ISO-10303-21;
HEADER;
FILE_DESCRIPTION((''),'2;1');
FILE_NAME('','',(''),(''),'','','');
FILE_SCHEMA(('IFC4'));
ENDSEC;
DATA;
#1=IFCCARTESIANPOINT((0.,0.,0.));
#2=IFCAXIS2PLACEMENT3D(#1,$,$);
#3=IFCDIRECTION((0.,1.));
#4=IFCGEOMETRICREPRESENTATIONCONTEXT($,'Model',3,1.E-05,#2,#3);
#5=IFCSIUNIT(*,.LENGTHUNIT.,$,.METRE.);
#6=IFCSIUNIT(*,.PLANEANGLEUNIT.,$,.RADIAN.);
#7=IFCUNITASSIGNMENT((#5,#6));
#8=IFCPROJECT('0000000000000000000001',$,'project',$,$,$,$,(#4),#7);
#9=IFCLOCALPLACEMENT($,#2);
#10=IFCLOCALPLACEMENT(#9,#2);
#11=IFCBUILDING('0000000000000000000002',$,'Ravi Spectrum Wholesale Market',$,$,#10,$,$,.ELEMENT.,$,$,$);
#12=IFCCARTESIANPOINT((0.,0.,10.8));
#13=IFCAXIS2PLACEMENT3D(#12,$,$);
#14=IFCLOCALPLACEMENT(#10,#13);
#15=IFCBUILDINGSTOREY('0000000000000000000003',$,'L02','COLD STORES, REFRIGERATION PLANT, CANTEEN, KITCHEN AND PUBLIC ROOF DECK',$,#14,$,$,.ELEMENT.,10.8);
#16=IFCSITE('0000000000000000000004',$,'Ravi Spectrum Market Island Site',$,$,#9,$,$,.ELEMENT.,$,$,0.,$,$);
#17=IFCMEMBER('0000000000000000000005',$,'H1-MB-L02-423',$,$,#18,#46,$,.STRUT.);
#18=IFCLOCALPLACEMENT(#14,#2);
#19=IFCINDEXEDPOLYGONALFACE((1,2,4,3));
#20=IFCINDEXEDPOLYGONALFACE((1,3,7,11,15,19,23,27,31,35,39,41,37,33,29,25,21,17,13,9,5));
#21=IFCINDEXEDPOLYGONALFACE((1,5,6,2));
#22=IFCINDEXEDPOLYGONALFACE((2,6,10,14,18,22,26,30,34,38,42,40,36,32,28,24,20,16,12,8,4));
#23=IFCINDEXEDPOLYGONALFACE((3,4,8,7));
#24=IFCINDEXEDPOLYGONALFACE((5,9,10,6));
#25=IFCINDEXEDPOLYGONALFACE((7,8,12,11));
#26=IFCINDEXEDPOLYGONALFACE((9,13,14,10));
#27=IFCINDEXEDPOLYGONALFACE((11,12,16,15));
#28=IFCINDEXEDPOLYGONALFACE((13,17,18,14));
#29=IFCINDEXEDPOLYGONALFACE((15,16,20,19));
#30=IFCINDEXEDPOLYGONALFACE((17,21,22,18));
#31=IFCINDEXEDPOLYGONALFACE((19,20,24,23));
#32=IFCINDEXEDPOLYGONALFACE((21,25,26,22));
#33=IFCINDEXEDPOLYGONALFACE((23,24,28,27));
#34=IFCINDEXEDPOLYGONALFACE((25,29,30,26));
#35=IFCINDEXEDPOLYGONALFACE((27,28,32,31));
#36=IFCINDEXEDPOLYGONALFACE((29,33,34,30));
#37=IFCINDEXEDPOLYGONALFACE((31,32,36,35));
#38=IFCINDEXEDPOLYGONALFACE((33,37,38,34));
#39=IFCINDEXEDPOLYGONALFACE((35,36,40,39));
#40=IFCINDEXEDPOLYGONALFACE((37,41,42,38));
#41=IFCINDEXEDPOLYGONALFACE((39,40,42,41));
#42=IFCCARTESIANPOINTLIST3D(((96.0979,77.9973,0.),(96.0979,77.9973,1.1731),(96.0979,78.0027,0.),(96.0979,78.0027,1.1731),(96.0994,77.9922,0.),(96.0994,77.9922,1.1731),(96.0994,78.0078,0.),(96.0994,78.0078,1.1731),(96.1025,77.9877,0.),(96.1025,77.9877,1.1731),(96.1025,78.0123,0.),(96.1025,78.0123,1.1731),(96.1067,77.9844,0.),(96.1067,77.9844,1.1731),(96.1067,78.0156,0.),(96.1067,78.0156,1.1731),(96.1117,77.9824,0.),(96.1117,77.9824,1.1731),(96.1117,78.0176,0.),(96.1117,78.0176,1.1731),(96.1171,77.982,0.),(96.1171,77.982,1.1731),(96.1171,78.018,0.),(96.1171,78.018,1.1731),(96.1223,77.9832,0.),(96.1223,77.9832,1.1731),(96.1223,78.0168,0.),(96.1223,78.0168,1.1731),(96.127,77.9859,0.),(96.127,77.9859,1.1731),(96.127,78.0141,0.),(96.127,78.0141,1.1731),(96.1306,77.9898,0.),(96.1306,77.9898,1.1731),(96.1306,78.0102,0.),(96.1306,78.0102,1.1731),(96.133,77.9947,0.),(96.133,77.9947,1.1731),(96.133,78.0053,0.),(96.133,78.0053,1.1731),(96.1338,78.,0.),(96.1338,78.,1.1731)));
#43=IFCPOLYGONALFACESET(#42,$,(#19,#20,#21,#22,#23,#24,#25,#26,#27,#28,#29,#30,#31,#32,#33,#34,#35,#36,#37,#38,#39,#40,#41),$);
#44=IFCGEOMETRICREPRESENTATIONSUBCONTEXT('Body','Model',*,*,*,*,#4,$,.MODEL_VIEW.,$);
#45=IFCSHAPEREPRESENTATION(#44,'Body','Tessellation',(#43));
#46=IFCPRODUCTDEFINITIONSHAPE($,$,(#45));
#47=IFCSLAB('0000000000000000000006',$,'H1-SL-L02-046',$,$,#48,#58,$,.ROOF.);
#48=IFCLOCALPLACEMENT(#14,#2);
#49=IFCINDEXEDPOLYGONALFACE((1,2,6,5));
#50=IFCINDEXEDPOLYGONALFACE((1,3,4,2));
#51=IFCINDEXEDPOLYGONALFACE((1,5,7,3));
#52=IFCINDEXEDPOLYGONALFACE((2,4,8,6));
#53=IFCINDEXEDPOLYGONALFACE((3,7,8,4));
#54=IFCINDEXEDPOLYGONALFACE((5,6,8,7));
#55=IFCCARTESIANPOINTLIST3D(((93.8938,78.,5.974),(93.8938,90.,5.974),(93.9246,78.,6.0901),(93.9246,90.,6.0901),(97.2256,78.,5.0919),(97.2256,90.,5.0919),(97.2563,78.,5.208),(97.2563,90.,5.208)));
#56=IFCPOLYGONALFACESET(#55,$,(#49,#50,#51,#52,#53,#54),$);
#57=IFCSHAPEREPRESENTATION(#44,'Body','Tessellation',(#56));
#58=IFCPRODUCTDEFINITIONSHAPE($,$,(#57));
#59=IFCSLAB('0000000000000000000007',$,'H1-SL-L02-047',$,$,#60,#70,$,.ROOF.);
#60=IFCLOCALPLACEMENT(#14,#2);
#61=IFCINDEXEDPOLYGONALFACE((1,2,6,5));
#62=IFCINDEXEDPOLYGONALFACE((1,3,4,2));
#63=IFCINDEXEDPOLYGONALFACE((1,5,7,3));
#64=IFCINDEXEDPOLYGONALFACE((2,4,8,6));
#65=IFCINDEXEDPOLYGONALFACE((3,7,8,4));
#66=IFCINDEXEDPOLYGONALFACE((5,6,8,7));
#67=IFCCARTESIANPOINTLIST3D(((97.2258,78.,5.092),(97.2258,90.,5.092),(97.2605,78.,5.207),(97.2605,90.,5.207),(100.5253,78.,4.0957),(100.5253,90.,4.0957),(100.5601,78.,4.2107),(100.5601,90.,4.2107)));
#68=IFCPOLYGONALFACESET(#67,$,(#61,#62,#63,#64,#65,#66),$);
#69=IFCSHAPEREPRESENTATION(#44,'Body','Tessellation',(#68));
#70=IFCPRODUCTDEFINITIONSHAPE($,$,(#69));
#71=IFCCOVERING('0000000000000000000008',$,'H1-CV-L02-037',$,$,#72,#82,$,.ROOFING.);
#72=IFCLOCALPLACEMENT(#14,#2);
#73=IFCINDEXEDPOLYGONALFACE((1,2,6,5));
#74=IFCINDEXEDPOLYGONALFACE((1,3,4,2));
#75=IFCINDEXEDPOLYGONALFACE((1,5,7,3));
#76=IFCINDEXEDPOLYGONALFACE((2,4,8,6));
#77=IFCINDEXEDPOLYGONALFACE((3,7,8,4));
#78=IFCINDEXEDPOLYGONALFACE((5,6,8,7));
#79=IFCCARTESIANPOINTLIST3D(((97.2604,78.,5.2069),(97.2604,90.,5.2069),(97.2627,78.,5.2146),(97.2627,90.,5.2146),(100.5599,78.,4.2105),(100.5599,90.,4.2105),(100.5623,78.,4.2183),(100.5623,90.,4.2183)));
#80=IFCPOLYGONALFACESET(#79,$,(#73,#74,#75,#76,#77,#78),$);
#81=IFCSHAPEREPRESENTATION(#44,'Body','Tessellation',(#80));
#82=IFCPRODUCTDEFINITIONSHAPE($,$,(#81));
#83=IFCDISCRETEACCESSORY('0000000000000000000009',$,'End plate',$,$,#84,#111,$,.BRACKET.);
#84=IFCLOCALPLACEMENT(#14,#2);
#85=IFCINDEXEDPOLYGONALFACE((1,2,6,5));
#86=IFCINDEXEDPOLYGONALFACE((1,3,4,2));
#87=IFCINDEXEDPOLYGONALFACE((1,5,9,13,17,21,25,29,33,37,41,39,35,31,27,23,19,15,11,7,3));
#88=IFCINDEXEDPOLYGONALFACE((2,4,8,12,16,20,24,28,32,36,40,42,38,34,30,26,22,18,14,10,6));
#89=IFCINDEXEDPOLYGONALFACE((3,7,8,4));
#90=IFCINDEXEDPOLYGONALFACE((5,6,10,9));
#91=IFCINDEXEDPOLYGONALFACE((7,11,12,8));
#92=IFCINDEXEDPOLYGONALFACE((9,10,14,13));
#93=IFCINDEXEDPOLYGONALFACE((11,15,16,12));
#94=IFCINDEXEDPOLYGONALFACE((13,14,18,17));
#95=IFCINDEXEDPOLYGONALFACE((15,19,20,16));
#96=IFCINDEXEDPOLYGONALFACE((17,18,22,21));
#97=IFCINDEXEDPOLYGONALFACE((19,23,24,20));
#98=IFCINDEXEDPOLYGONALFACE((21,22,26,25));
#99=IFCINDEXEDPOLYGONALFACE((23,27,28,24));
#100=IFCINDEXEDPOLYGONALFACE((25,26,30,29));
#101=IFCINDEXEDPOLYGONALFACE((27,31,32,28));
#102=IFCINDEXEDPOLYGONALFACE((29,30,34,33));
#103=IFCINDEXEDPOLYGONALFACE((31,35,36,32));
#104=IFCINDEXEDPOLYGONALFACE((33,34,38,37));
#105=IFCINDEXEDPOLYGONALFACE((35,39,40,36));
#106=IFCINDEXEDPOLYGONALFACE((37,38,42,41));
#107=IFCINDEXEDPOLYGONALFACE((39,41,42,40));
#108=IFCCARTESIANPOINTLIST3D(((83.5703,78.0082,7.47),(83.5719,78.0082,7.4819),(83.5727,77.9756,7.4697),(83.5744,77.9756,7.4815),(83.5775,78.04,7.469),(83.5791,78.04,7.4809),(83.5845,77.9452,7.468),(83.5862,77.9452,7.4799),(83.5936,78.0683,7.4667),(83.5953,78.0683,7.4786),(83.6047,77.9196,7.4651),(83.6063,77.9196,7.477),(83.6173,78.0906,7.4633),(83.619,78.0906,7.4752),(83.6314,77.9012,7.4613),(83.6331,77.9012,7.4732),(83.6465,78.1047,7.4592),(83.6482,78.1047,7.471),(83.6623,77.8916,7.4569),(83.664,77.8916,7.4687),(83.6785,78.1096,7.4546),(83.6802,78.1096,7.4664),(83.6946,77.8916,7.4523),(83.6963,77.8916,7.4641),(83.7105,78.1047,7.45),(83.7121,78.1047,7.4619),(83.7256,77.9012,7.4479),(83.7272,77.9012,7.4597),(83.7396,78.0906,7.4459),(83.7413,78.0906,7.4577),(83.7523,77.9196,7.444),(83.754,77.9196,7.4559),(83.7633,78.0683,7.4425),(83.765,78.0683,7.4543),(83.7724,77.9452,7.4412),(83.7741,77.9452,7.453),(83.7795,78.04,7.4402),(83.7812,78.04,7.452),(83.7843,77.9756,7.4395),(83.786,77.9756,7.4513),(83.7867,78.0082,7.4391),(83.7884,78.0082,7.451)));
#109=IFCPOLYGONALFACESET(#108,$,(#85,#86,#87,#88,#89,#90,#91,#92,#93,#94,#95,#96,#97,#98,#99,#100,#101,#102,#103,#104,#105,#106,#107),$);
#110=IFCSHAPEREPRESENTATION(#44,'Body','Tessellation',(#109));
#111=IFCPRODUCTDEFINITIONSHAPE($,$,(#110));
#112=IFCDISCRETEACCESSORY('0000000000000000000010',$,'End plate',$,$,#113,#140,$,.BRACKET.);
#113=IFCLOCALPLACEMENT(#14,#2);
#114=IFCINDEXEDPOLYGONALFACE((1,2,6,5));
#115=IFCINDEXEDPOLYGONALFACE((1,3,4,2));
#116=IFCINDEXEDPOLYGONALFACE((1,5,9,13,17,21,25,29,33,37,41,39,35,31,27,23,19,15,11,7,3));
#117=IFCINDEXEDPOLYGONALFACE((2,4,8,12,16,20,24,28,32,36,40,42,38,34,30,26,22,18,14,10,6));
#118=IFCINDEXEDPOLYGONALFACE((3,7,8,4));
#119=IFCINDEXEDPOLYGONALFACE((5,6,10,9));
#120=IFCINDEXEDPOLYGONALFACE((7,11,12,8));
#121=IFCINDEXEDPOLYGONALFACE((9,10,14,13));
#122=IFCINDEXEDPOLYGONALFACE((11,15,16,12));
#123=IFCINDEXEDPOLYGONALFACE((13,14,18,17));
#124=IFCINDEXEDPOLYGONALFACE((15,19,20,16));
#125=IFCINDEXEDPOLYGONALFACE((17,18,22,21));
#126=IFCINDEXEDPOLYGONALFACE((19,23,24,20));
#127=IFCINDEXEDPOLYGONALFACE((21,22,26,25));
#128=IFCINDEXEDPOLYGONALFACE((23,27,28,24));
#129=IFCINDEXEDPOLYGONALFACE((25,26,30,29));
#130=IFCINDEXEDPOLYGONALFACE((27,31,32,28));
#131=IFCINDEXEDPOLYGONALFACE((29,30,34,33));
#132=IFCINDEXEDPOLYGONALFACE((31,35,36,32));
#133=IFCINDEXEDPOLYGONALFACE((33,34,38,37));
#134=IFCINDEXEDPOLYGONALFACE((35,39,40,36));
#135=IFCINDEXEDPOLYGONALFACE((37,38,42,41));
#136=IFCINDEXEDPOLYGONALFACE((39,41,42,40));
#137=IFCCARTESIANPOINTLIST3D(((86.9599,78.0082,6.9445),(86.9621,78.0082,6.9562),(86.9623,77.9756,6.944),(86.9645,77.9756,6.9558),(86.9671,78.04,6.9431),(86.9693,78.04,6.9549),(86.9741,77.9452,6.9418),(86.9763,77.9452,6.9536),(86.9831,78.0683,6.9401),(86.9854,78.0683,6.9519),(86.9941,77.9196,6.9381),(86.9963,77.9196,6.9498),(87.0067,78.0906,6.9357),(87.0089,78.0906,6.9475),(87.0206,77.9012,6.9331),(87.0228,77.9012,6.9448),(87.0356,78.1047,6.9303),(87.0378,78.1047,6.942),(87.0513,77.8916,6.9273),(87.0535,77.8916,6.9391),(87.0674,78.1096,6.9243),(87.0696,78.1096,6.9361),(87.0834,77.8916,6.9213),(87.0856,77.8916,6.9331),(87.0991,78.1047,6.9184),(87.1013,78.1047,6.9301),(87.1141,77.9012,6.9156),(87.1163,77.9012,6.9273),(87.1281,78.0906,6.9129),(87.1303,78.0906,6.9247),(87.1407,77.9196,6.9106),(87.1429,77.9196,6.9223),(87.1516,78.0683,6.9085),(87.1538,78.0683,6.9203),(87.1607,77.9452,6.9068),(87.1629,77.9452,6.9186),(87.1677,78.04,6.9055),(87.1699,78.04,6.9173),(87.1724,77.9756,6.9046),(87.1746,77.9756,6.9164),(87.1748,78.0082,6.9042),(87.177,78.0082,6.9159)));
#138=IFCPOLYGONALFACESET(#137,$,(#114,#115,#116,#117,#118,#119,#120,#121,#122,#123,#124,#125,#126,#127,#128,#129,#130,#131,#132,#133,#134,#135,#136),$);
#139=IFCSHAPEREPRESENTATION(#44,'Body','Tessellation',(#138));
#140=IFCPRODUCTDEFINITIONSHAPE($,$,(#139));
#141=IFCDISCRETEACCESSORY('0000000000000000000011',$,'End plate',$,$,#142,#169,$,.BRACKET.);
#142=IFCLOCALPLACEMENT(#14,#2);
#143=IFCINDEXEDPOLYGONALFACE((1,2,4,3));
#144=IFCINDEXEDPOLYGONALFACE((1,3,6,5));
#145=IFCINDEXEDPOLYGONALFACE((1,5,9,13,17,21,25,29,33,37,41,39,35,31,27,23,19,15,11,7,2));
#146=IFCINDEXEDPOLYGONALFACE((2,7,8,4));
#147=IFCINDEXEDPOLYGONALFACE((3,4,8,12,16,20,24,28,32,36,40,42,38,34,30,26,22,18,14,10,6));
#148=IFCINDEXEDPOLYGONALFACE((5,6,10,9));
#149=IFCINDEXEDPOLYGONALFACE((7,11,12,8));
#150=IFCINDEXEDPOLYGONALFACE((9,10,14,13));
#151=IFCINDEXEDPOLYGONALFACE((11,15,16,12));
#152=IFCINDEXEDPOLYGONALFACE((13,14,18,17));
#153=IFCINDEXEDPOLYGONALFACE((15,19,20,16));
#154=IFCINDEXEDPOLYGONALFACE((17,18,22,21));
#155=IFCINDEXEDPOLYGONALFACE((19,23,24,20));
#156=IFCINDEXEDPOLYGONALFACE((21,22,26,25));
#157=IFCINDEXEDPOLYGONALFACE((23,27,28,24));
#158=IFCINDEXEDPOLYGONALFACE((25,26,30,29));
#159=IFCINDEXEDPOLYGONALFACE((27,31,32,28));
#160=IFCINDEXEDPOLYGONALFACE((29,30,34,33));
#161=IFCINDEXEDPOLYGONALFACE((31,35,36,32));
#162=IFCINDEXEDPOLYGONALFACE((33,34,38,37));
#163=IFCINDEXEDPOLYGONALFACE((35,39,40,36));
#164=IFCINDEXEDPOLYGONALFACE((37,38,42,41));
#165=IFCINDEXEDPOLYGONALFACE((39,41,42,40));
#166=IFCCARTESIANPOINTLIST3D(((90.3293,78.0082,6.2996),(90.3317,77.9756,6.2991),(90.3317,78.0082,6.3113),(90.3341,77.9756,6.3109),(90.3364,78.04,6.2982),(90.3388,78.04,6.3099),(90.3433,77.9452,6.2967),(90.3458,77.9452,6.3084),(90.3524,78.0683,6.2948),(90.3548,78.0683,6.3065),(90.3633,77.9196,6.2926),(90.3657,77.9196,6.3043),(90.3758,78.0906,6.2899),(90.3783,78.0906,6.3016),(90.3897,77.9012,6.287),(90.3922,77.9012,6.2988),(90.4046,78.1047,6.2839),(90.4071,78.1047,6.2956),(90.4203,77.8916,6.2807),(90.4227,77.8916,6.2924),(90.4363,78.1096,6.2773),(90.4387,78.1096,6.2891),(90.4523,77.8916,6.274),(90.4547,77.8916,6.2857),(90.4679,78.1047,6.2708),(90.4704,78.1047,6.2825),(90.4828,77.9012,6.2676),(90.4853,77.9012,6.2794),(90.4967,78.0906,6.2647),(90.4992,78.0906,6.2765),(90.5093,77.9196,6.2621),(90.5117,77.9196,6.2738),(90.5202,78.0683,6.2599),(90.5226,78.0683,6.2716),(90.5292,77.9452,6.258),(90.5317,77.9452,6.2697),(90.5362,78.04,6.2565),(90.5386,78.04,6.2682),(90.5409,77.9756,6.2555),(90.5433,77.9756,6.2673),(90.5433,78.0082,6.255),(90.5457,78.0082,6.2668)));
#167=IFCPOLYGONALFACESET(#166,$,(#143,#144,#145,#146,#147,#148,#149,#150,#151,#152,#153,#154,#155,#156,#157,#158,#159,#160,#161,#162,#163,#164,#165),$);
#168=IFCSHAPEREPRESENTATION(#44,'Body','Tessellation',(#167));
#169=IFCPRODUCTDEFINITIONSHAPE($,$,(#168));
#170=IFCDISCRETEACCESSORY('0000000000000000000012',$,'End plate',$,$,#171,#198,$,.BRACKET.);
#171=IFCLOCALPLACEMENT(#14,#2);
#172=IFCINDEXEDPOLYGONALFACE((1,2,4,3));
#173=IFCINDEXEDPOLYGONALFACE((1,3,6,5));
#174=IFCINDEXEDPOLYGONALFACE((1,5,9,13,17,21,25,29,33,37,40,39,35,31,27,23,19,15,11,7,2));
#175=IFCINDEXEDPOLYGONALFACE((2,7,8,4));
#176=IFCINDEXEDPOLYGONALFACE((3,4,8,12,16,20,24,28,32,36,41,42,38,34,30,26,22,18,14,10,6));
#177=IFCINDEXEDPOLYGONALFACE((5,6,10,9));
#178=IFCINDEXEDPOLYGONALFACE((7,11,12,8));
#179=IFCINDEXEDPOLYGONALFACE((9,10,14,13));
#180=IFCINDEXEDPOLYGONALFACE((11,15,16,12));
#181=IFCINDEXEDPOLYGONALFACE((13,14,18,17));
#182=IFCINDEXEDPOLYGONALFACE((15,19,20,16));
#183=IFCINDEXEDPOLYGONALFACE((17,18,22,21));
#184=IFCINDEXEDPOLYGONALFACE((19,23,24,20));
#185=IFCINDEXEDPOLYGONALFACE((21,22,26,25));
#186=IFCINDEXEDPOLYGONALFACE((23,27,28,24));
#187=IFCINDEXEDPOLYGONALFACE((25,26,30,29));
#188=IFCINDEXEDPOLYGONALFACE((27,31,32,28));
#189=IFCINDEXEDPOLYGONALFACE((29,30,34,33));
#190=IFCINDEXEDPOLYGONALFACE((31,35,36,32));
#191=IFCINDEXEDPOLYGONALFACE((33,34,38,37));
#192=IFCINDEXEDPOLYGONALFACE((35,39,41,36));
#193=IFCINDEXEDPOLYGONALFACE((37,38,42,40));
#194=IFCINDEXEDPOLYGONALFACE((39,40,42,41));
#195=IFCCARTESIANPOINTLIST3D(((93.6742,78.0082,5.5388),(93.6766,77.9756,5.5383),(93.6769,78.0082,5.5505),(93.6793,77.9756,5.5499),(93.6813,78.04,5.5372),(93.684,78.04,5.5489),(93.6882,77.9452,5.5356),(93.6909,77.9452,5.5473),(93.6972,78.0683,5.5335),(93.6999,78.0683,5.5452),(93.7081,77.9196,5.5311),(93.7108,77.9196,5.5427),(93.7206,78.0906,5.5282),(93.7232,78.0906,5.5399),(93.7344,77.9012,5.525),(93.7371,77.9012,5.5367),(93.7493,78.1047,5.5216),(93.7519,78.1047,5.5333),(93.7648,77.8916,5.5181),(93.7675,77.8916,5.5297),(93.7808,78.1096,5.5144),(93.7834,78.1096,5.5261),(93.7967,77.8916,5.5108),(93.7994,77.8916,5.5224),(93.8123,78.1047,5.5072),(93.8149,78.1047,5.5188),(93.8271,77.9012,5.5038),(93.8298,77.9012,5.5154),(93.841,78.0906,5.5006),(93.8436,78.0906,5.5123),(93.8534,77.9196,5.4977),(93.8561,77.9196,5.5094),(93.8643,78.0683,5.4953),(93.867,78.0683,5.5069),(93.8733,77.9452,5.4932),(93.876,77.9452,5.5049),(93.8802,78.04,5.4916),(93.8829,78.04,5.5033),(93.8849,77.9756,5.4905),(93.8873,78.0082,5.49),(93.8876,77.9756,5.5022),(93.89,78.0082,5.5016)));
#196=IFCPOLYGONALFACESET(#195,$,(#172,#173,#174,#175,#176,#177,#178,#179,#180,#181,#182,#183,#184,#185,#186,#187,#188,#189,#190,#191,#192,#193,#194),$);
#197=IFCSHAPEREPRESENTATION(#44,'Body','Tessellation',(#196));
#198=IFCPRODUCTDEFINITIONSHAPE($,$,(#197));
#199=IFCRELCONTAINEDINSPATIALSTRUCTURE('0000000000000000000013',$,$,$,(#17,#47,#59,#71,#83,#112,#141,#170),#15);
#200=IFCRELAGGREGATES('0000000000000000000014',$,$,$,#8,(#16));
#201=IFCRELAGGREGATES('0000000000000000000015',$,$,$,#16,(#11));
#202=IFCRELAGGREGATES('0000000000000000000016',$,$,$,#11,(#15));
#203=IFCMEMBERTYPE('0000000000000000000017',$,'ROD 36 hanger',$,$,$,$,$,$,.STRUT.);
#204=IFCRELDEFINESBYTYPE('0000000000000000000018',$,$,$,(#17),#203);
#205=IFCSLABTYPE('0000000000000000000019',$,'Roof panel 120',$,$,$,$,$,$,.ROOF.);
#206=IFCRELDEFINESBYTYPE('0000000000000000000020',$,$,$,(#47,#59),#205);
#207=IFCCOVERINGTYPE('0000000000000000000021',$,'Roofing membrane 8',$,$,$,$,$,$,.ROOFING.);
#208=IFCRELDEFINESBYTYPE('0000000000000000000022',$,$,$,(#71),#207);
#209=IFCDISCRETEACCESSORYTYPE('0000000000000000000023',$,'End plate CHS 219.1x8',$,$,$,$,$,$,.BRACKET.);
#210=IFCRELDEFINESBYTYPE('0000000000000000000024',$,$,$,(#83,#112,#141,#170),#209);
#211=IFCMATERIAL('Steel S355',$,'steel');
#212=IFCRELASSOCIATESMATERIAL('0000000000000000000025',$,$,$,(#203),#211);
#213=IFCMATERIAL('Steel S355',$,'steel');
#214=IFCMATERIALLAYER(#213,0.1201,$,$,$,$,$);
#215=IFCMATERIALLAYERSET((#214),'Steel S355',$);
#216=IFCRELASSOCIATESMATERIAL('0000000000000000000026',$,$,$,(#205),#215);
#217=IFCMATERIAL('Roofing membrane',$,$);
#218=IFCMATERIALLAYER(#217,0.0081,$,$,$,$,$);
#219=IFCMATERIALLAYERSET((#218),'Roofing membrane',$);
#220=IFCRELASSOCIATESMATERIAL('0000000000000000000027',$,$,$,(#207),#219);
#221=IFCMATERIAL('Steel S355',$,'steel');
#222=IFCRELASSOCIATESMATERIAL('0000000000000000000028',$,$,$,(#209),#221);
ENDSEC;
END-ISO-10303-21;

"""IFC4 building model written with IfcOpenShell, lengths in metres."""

from ifc_helpers import new_model, si_unit, direction, frame, origin, origin_2d, place, context, subcontext, project, spatial, polyline, circle, outline, extrude, material, layer, layer_set, material_profile, profile_set, type_object, element, save


model = new_model("IFC4")

# Units and contexts
model_context = context("Model", 3, precision=1e-05, world=origin(), true_north=direction((0.0, 1.0)))
body_context = subcontext(model_context, "Body", "Model", "MODEL_VIEW")
ifc_project = project(units=[si_unit("LENGTHUNIT", "METRE"), si_unit("PLANEANGLEUNIT", "RADIAN")], contexts=[model_context])

# Site, building, storey
site_placement = place(None, origin())
site = spatial("IfcSite", under=ifc_project, at=site_placement, Name="Ravi Spectrum Market Island Site", CompositionType="ELEMENT", RefElevation=0.0)
building_placement = place(site_placement, origin())
building = spatial("IfcBuilding", under=site, at=building_placement, Name="Ravi Spectrum Wholesale Market", CompositionType="ELEMENT")
storey_placement = place(building_placement, frame((0.0, 0.0, 10.8)))
storey = spatial("IfcBuildingStorey", under=building, at=storey_placement, Name="L02", Description="COLD STORES, REFRIGERATION PLANT, CANTEEN, KITCHEN AND PUBLIC ROOF DECK", CompositionType="ELEMENT", Elevation=10.8)

# Member
ifc_material_1 = material(Name="Steel S355", Category="steel")
ifc_material_profile_1 = material_profile(ifc_material_1, circle(Radius=0.0181, at=origin_2d()))
ifc_profile_set_1 = profile_set([ifc_material_profile_1], Name="Steel S355")
member_type_1 = type_object("IfcMemberType", Name="ROD 36 hanger", PredefinedType="STRUT", material=ifc_profile_set_1)
member_1_placement = place(storey_placement, frame((96.1157, 78.0, 0.0), z_axis=(0.0, 0.0, 1.0), x_axis=(1.0, 0.0, 0.0)))
element("IfcMember", 1, at=member_1_placement, inside=storey, type_object=member_type_1, Name="H1-MB-L02-423", PredefinedType="STRUT", context=body_context, shape_type="SweptSolid", body=[
    extrude(circle(Radius=0.0181, at=origin_2d()), origin(), (0.0, 0.0, 1.0), 1.1731),
])

# Slabs
ifc_material_2 = material(Name="Steel S355", Category="steel")
ifc_layer_1 = layer(ifc_material_2, 0.1201)
ifc_layer_set_1 = layer_set([ifc_layer_1], Name="Steel S355")
slab_type = type_object("IfcSlabType", Name="Roof panel 120", PredefinedType="ROOF", material=ifc_layer_set_1)
slab_1_placement = place(storey_placement, frame((93.9246, 78.0, 6.0901), z_axis=(0.25593, 0.0, 0.966695), x_axis=(0.966695, 0.0, -0.25593)))
element("IfcSlab", 2, at=slab_1_placement, inside=storey, type_object=slab_type, Name="H1-SL-L02-046", PredefinedType="ROOF", context=body_context, shape_type="SweptSolid", body=[
    extrude(outline(polyline([(0.0, 0.0), (3.4466, 0.0), (3.4466, 12.0), (0.0, 12.0), (0.0, 0.0)])), origin(), (0.0, 0.0, -1.0), 0.1201),
])
slab_2_placement = place(storey_placement, frame((97.2605, 78.0, 5.207), z_axis=(0.28907, 0.0, 0.957308), x_axis=(0.957308, 0.0, -0.28907)))
element("IfcSlab", 3, at=slab_2_placement, inside=storey, type_object=slab_type, Name="H1-SL-L02-047", PredefinedType="ROOF", context=body_context, shape_type="SweptSolid", body=[
    extrude(outline(polyline([(0.0, 0.0), (3.4467, 0.0), (3.4467, 12.0), (0.0, 12.0), (0.0, 0.0)])), origin(), (0.0, 0.0, -1.0), 0.1201),
])

# Covering
ifc_material_3 = material(Name="Roofing membrane")
ifc_layer_2 = layer(ifc_material_3, 0.0081)
ifc_layer_set_2 = layer_set([ifc_layer_2], Name="Roofing membrane")
covering_type = type_object("IfcCoveringType", Name="Roofing membrane 8", PredefinedType="ROOFING", material=ifc_layer_set_2)
covering_placement = place(storey_placement, frame((97.2627, 78.0, 5.2146), z_axis=(0.28907, 0.0, 0.957308), x_axis=(0.957308, 0.0, -0.28907)))
element("IfcCovering", 4, at=covering_placement, inside=storey, type_object=covering_type, Name="H1-CV-L02-037", PredefinedType="ROOFING", context=body_context, shape_type="SweptSolid", body=[
    extrude(outline(polyline([(0.0, 0.0), (3.4467, 0.0), (3.4467, 12.0), (0.0, 12.0), (0.0, 0.0)])), origin(), (0.0, 0.0, -1.0), 0.0081),
])

# Discrete accessories
ifc_material_4 = material(Name="Steel S355", Category="steel")
ifc_material_profile_2 = material_profile(ifc_material_4, circle(Radius=0.1096, at=origin_2d()))
ifc_profile_set_2 = profile_set([ifc_material_profile_2], Name="Steel S355")
discrete_accessory_type_1 = type_object("IfcDiscreteAccessoryType", Name="End plate CHS 219.1x8", PredefinedType="BRACKET", material=ifc_profile_set_2)
for number, where, z_axis, x_axis, name in (
    (5, (83.6785, 78.0, 7.4546), (0.141421, 0.0, 0.989949), (0.0, 1.0, 0.0), "End plate"),
    (6, (87.0674, 78.0, 6.9243), (0.184289, 0.0, 0.982872), (0.0, 1.0, 0.0), "End plate"),
    (7, (90.4363, 78.0, 6.2773), (0.203954, 0.0, 0.97898), (0.0, 1.0, 0.0), "End plate"),
    (8, (93.7808, 78.0, 5.5144), (0.223376, 0.0, 0.974732), (0.0, 1.0, 0.0), "End plate"),
):
    element("IfcDiscreteAccessory", number, at=place(storey_placement, frame(where, z_axis=z_axis, x_axis=x_axis)), inside=storey, type_object=discrete_accessory_type_1, Name=name, PredefinedType="BRACKET", context=body_context, shape_type="SweptSolid", body=[
        extrude(circle(Radius=0.1096, at=origin_2d()), origin(), (0.0, 0.0, 1.0), 0.012),
    ])

save(model, "model.ifc")
